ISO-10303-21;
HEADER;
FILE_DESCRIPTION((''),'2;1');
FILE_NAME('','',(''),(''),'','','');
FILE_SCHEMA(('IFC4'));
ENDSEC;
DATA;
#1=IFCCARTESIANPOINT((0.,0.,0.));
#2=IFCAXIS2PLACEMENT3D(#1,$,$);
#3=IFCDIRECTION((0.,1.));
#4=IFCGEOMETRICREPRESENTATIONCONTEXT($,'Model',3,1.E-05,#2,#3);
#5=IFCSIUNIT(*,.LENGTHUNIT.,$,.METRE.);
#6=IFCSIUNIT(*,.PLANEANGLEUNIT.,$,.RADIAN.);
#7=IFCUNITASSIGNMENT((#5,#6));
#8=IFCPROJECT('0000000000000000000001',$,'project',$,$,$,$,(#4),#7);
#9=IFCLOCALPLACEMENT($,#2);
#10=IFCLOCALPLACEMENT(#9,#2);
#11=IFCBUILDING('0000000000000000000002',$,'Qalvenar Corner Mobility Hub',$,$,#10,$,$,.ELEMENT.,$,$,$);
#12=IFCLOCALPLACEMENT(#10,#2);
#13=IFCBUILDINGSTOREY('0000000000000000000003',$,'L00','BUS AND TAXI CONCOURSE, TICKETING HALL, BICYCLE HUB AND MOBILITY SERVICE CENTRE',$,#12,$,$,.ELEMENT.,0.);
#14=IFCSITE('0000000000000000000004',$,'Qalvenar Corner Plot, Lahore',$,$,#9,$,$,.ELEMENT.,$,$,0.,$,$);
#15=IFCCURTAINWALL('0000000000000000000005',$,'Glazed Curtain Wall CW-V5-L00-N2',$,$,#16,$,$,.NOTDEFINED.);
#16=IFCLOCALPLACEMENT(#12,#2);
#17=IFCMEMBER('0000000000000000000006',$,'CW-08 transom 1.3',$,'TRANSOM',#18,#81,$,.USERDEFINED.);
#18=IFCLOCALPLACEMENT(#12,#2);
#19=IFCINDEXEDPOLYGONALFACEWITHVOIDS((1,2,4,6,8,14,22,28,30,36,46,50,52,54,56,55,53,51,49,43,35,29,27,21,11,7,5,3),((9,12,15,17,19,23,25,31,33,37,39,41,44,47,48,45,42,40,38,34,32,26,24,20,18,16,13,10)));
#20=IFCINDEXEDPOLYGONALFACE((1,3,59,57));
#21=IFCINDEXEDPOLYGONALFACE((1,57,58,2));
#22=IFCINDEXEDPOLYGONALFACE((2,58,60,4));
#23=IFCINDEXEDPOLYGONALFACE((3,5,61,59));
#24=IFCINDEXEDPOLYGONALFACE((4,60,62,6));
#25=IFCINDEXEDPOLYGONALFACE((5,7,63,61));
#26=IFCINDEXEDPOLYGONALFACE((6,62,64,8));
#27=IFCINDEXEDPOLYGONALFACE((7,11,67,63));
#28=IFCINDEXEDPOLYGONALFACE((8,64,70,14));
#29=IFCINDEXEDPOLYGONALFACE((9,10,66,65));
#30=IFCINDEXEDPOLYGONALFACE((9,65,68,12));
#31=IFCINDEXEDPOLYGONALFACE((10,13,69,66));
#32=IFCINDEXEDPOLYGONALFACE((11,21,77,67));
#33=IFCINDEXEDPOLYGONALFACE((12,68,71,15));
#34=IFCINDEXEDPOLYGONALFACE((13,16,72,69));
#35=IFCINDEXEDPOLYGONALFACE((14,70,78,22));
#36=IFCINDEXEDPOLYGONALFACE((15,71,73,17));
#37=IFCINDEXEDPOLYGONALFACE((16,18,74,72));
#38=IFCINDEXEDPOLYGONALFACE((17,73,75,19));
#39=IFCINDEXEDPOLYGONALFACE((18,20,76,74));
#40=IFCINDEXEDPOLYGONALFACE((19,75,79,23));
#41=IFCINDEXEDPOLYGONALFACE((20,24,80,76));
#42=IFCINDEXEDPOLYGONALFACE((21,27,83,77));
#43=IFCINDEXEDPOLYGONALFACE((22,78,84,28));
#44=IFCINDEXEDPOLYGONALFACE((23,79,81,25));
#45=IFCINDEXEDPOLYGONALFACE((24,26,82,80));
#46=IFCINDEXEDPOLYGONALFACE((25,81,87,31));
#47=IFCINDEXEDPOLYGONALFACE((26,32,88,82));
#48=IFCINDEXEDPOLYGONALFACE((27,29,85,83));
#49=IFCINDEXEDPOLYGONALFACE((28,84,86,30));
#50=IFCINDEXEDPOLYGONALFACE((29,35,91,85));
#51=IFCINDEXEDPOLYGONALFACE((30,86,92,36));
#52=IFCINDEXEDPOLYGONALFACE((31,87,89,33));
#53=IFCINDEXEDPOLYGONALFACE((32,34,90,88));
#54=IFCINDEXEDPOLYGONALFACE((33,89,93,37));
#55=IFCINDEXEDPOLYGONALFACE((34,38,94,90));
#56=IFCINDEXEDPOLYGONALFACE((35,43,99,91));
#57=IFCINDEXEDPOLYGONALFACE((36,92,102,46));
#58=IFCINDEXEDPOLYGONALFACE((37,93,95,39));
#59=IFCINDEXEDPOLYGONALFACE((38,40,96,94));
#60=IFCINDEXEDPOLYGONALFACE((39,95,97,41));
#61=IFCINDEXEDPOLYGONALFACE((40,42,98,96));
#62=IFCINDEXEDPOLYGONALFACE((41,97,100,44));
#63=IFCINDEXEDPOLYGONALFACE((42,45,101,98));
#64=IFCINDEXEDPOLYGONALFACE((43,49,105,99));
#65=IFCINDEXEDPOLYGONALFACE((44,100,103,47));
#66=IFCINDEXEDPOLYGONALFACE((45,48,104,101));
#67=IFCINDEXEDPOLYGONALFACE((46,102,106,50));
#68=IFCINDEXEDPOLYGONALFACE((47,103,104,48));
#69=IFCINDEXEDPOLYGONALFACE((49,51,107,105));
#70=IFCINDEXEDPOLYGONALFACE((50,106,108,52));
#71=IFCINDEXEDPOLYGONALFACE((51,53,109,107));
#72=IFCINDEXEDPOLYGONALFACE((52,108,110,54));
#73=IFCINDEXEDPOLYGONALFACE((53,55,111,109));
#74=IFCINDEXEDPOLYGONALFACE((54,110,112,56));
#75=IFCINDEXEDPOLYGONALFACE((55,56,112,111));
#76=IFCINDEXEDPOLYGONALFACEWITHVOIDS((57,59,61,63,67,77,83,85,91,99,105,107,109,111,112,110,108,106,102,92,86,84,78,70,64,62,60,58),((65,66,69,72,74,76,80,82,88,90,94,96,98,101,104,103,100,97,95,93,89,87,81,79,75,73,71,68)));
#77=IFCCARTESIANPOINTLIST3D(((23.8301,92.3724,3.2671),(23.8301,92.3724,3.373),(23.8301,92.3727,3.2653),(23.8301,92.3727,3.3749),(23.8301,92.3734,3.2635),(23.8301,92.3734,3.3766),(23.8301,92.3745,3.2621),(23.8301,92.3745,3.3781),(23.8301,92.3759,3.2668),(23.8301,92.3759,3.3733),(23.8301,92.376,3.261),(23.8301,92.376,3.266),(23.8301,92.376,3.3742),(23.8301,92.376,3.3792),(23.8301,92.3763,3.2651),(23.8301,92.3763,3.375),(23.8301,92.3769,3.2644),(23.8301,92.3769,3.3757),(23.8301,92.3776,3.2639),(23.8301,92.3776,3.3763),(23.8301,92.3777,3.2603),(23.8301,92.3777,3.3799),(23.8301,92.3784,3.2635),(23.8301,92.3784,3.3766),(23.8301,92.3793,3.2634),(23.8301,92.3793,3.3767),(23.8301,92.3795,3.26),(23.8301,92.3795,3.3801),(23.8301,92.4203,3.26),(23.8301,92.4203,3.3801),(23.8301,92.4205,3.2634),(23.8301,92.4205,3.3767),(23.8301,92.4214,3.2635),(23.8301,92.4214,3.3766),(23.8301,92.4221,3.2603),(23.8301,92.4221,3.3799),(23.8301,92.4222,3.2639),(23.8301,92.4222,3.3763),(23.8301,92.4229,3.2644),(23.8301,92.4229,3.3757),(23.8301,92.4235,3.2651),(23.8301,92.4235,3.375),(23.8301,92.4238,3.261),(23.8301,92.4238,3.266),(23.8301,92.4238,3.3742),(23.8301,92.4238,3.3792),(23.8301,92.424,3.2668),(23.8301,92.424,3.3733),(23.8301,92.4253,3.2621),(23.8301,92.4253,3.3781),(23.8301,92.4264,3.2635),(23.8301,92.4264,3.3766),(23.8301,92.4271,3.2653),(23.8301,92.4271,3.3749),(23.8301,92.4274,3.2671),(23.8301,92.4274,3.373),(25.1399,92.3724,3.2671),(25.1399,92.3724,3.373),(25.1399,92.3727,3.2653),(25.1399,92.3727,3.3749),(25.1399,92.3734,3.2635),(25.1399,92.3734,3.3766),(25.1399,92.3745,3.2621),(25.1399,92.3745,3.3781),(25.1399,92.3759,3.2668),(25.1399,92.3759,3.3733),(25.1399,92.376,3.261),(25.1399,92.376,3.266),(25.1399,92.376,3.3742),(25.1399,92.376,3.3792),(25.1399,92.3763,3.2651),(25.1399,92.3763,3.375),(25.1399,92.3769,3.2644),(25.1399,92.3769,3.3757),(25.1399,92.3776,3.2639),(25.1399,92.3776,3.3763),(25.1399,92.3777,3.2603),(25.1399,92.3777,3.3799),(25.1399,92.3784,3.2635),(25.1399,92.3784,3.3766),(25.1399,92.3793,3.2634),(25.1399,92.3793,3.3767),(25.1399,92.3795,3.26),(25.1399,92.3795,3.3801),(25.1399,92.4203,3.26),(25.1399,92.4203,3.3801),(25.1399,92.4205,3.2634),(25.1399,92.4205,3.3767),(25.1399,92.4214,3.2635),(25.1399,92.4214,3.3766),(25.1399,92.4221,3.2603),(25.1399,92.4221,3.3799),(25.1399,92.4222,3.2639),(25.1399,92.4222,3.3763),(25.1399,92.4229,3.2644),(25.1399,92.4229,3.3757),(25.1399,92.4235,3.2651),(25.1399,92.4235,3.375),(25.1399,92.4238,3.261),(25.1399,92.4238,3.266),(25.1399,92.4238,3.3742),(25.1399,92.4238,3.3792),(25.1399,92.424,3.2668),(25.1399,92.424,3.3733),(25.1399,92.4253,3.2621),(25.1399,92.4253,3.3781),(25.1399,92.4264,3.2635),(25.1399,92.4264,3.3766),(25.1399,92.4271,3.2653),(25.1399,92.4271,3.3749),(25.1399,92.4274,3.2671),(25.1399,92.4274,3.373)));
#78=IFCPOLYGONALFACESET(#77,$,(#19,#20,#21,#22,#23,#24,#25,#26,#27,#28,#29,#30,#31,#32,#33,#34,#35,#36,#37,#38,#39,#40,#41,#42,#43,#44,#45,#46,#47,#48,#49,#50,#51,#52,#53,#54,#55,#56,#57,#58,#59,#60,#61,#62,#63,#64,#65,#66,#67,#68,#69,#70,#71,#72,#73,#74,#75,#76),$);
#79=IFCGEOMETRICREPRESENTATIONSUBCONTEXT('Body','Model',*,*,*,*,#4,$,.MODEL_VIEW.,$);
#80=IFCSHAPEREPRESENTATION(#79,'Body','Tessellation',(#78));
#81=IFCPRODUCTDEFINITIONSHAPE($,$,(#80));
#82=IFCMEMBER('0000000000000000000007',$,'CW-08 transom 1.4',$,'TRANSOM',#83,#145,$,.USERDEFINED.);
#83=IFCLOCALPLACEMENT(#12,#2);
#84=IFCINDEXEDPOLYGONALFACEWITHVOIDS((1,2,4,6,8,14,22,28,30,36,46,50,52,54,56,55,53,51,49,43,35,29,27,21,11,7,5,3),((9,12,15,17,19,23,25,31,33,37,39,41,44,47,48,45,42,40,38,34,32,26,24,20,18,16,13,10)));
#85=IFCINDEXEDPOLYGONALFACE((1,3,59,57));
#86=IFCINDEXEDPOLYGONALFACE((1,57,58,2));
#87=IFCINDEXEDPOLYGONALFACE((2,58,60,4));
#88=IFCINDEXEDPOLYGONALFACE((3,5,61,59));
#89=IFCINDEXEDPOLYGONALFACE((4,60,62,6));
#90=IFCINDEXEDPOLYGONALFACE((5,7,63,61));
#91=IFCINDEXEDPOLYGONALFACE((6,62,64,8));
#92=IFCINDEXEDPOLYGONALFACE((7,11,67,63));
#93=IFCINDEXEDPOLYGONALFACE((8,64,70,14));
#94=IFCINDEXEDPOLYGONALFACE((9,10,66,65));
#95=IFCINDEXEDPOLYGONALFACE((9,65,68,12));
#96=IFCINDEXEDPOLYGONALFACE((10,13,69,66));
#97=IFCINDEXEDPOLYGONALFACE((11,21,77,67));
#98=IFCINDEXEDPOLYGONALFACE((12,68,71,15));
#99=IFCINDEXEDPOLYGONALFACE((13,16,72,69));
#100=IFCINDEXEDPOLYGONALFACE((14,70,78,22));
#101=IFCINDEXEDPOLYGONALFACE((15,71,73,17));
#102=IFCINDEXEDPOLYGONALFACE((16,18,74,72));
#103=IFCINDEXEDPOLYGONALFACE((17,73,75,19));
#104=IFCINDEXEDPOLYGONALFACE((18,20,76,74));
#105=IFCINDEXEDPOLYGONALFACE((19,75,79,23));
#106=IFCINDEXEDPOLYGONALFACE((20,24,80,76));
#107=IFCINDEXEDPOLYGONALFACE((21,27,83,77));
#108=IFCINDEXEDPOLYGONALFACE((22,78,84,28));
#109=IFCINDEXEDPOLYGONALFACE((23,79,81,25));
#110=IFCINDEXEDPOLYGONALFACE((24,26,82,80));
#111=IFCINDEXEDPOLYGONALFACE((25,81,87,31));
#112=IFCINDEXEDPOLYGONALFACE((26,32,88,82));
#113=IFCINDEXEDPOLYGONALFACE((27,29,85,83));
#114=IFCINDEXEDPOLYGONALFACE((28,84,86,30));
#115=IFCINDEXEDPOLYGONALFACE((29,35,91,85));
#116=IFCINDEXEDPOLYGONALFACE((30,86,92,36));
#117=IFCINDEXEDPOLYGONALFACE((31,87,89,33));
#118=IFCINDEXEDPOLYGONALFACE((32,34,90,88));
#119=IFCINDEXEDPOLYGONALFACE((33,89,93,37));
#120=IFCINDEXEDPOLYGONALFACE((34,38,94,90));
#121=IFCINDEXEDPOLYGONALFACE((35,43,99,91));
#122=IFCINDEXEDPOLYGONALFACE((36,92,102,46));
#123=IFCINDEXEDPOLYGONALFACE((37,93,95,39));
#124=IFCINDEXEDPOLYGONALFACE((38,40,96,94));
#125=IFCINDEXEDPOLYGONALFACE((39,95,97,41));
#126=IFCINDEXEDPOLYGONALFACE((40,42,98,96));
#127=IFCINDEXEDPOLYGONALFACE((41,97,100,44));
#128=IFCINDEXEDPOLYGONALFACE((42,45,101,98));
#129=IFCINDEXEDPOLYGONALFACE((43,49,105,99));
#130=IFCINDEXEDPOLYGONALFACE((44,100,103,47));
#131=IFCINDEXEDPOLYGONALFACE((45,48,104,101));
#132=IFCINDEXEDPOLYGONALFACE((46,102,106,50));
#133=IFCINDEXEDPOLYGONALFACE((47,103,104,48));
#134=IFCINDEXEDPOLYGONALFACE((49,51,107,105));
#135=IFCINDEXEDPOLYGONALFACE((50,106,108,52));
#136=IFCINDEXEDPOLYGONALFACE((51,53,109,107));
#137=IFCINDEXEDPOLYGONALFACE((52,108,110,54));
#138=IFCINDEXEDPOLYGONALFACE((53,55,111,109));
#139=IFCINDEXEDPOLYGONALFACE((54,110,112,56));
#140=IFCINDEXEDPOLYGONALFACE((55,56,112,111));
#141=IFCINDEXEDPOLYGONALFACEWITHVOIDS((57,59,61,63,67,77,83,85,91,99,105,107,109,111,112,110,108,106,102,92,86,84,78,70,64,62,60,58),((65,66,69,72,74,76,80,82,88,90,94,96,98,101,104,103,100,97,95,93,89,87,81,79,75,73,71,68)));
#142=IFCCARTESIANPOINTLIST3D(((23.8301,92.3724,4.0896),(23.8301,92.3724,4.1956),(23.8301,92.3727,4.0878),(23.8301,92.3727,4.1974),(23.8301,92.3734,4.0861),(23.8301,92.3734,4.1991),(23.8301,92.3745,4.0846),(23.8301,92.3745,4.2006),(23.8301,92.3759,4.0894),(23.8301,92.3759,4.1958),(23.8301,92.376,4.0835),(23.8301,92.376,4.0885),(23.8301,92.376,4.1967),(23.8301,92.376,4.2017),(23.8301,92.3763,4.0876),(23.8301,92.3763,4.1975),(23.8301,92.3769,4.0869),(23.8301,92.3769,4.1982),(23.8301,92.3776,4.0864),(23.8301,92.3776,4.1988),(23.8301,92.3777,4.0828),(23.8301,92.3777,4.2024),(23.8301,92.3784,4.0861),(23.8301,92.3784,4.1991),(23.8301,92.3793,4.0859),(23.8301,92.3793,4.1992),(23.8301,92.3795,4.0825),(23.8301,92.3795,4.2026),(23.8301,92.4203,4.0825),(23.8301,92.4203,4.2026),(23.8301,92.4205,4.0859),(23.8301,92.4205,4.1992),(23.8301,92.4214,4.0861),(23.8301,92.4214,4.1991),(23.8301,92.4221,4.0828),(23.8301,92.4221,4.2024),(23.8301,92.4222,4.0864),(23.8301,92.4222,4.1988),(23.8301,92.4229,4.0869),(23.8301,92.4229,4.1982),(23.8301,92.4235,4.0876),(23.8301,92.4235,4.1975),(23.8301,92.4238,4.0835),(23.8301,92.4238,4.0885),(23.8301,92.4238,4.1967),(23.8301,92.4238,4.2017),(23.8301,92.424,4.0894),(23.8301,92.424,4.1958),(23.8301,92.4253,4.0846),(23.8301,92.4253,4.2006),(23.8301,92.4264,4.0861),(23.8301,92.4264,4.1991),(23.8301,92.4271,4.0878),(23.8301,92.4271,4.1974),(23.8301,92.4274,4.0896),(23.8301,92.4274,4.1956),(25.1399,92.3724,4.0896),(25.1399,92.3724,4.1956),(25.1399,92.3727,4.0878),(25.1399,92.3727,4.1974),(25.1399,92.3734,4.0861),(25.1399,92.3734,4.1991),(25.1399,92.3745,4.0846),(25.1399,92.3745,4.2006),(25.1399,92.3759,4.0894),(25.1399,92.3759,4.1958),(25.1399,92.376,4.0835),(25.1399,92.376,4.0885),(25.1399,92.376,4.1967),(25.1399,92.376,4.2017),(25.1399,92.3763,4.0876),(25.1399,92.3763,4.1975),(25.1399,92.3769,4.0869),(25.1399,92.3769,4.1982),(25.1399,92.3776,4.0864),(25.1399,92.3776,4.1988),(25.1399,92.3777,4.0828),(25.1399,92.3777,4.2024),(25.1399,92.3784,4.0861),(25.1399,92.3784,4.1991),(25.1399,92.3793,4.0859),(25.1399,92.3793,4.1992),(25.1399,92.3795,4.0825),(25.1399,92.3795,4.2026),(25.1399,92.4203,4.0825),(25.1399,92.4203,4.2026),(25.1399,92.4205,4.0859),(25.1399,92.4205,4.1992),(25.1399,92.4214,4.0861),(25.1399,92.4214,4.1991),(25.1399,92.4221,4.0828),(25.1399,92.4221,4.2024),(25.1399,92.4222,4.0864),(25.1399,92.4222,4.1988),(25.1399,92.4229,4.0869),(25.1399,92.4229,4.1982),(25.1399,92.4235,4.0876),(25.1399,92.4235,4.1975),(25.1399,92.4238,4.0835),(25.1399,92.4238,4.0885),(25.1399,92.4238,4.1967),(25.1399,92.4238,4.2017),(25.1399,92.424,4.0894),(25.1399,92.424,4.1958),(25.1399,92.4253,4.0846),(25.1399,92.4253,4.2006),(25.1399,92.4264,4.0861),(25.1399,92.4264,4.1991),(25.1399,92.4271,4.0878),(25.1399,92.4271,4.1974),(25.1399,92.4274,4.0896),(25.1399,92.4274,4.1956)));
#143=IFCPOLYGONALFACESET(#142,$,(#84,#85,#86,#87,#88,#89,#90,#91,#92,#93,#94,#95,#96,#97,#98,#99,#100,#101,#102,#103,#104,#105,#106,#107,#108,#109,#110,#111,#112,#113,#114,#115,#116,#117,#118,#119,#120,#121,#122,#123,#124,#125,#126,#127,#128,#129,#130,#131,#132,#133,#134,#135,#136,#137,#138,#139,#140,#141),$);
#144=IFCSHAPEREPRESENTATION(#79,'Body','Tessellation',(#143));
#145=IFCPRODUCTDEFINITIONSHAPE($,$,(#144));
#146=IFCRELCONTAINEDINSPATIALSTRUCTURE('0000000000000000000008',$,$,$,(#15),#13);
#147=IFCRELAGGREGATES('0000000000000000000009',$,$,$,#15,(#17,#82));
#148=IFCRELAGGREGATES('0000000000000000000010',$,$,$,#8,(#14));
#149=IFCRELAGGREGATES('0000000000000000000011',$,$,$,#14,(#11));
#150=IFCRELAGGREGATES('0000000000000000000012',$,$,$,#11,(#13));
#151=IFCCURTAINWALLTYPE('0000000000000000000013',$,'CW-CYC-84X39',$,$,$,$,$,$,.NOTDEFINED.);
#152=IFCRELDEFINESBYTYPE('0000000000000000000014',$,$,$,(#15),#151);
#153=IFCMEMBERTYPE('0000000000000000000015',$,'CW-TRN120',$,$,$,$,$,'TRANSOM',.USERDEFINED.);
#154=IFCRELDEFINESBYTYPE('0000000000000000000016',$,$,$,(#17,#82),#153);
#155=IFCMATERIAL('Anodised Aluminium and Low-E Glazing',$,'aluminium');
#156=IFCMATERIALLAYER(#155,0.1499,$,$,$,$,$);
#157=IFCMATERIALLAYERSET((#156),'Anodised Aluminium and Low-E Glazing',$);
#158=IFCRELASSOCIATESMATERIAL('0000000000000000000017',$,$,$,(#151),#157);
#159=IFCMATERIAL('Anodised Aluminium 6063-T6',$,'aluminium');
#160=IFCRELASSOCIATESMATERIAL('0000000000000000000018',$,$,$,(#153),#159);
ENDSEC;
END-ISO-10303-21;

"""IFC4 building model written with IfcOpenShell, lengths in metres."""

from ifc_helpers import new_model, si_unit, direction, frame, origin, origin_2d, place, context, subcontext, project, spatial, hollow_rectangle, extrude, material, layer, layer_set, material_profile, profile_set, type_object, element, aggregate, save


model = new_model("IFC4")

# Units and contexts
model_context = context("Model", 3, precision=1e-05, world=origin(), true_north=direction((0.0, 1.0)))
body_context = subcontext(model_context, "Body", "Model", "MODEL_VIEW")
ifc_project = project(units=[si_unit("LENGTHUNIT", "METRE"), si_unit("PLANEANGLEUNIT", "RADIAN")], contexts=[model_context])

# Site, building, storey
site_placement = place(None, origin())
site = spatial("IfcSite", under=ifc_project, at=site_placement, Name="Qalvenar Corner Plot, Lahore", CompositionType="ELEMENT", RefElevation=0.0)
building_placement = place(site_placement, origin())
building = spatial("IfcBuilding", under=site, at=building_placement, Name="Qalvenar Corner Mobility Hub", CompositionType="ELEMENT")
storey_placement = place(building_placement, origin())
storey = spatial("IfcBuildingStorey", under=building, at=storey_placement, Name="L00", Description="BUS AND TAXI CONCOURSE, TICKETING HALL, BICYCLE HUB AND MOBILITY SERVICE CENTRE", CompositionType="ELEMENT", Elevation=0.0)

# Curtain wall
ifc_material_1 = material(Name="Anodised Aluminium and Low-E Glazing", Category="aluminium")
ifc_layer_1 = layer(ifc_material_1, 0.1499)
ifc_layer_set_1 = layer_set([ifc_layer_1], Name="Anodised Aluminium and Low-E Glazing")
curtain_wall_type = type_object("IfcCurtainWallType", Name="CW-CYC-84X39", PredefinedType="NOTDEFINED", material=ifc_layer_set_1)
curtain_wall_1_placement = place(storey_placement, origin())
curtain_wall_1 = element("IfcCurtainWall", 1, at=curtain_wall_1_placement, inside=storey, type_object=curtain_wall_type, Name="Glazed Curtain Wall CW-V5-L00-N2", PredefinedType="NOTDEFINED")
ifc_material_2 = material(Name="Anodised Aluminium 6063-T6", Category="aluminium")

# Members
ifc_material_profile_1 = material_profile(ifc_material_2, hollow_rectangle(XDim=0.0549, YDim=0.1201, WallThickness=0.0034, InnerFilletRadius=0.0034, OuterFilletRadius=0.0071, at=origin_2d()), Name="RHS120x55x3.5")
ifc_profile_set_1 = profile_set([ifc_material_profile_1], Name="Anodised Aluminium 6063-T6")
member_type_1 = type_object("IfcMemberType", Name="CW-TRN120", ElementType="TRANSOM", PredefinedType="USERDEFINED", material=ifc_profile_set_1)
member_1_placement = place(storey_placement, frame((25.1399, 92.3999, 3.3201), z_axis=(-1.0, 0.0, 0.0), x_axis=(0.0, -1.0, 0.0)))
member_1 = element("IfcMember", 2, at=member_1_placement, type_object=member_type_1, Name="CW-08 transom 1.3", ObjectType="TRANSOM", PredefinedType="USERDEFINED", context=body_context, shape_type="SweptSolid", body=[
    extrude(hollow_rectangle(XDim=0.0549, YDim=0.1201, WallThickness=0.0034, InnerFilletRadius=0.0034, OuterFilletRadius=0.0071, at=origin_2d()), origin(), (0.0, 0.0, 1.0), 1.3098),
])
member_2_placement = place(storey_placement, frame((25.1399, 92.3999, 4.1426), z_axis=(-1.0, 0.0, 0.0), x_axis=(0.0, -1.0, 0.0)))
member_2 = element("IfcMember", 3, at=member_2_placement, type_object=member_type_1, Name="CW-08 transom 1.4", ObjectType="TRANSOM", PredefinedType="USERDEFINED", context=body_context, shape_type="SweptSolid", body=[
    extrude(hollow_rectangle(XDim=0.0549, YDim=0.1201, WallThickness=0.0034, InnerFilletRadius=0.0034, OuterFilletRadius=0.0071, at=origin_2d()), origin(), (0.0, 0.0, 1.0), 1.3098),
])

aggregate(curtain_wall_1, [member_1, member_2])

save(model, "model.ifc")
